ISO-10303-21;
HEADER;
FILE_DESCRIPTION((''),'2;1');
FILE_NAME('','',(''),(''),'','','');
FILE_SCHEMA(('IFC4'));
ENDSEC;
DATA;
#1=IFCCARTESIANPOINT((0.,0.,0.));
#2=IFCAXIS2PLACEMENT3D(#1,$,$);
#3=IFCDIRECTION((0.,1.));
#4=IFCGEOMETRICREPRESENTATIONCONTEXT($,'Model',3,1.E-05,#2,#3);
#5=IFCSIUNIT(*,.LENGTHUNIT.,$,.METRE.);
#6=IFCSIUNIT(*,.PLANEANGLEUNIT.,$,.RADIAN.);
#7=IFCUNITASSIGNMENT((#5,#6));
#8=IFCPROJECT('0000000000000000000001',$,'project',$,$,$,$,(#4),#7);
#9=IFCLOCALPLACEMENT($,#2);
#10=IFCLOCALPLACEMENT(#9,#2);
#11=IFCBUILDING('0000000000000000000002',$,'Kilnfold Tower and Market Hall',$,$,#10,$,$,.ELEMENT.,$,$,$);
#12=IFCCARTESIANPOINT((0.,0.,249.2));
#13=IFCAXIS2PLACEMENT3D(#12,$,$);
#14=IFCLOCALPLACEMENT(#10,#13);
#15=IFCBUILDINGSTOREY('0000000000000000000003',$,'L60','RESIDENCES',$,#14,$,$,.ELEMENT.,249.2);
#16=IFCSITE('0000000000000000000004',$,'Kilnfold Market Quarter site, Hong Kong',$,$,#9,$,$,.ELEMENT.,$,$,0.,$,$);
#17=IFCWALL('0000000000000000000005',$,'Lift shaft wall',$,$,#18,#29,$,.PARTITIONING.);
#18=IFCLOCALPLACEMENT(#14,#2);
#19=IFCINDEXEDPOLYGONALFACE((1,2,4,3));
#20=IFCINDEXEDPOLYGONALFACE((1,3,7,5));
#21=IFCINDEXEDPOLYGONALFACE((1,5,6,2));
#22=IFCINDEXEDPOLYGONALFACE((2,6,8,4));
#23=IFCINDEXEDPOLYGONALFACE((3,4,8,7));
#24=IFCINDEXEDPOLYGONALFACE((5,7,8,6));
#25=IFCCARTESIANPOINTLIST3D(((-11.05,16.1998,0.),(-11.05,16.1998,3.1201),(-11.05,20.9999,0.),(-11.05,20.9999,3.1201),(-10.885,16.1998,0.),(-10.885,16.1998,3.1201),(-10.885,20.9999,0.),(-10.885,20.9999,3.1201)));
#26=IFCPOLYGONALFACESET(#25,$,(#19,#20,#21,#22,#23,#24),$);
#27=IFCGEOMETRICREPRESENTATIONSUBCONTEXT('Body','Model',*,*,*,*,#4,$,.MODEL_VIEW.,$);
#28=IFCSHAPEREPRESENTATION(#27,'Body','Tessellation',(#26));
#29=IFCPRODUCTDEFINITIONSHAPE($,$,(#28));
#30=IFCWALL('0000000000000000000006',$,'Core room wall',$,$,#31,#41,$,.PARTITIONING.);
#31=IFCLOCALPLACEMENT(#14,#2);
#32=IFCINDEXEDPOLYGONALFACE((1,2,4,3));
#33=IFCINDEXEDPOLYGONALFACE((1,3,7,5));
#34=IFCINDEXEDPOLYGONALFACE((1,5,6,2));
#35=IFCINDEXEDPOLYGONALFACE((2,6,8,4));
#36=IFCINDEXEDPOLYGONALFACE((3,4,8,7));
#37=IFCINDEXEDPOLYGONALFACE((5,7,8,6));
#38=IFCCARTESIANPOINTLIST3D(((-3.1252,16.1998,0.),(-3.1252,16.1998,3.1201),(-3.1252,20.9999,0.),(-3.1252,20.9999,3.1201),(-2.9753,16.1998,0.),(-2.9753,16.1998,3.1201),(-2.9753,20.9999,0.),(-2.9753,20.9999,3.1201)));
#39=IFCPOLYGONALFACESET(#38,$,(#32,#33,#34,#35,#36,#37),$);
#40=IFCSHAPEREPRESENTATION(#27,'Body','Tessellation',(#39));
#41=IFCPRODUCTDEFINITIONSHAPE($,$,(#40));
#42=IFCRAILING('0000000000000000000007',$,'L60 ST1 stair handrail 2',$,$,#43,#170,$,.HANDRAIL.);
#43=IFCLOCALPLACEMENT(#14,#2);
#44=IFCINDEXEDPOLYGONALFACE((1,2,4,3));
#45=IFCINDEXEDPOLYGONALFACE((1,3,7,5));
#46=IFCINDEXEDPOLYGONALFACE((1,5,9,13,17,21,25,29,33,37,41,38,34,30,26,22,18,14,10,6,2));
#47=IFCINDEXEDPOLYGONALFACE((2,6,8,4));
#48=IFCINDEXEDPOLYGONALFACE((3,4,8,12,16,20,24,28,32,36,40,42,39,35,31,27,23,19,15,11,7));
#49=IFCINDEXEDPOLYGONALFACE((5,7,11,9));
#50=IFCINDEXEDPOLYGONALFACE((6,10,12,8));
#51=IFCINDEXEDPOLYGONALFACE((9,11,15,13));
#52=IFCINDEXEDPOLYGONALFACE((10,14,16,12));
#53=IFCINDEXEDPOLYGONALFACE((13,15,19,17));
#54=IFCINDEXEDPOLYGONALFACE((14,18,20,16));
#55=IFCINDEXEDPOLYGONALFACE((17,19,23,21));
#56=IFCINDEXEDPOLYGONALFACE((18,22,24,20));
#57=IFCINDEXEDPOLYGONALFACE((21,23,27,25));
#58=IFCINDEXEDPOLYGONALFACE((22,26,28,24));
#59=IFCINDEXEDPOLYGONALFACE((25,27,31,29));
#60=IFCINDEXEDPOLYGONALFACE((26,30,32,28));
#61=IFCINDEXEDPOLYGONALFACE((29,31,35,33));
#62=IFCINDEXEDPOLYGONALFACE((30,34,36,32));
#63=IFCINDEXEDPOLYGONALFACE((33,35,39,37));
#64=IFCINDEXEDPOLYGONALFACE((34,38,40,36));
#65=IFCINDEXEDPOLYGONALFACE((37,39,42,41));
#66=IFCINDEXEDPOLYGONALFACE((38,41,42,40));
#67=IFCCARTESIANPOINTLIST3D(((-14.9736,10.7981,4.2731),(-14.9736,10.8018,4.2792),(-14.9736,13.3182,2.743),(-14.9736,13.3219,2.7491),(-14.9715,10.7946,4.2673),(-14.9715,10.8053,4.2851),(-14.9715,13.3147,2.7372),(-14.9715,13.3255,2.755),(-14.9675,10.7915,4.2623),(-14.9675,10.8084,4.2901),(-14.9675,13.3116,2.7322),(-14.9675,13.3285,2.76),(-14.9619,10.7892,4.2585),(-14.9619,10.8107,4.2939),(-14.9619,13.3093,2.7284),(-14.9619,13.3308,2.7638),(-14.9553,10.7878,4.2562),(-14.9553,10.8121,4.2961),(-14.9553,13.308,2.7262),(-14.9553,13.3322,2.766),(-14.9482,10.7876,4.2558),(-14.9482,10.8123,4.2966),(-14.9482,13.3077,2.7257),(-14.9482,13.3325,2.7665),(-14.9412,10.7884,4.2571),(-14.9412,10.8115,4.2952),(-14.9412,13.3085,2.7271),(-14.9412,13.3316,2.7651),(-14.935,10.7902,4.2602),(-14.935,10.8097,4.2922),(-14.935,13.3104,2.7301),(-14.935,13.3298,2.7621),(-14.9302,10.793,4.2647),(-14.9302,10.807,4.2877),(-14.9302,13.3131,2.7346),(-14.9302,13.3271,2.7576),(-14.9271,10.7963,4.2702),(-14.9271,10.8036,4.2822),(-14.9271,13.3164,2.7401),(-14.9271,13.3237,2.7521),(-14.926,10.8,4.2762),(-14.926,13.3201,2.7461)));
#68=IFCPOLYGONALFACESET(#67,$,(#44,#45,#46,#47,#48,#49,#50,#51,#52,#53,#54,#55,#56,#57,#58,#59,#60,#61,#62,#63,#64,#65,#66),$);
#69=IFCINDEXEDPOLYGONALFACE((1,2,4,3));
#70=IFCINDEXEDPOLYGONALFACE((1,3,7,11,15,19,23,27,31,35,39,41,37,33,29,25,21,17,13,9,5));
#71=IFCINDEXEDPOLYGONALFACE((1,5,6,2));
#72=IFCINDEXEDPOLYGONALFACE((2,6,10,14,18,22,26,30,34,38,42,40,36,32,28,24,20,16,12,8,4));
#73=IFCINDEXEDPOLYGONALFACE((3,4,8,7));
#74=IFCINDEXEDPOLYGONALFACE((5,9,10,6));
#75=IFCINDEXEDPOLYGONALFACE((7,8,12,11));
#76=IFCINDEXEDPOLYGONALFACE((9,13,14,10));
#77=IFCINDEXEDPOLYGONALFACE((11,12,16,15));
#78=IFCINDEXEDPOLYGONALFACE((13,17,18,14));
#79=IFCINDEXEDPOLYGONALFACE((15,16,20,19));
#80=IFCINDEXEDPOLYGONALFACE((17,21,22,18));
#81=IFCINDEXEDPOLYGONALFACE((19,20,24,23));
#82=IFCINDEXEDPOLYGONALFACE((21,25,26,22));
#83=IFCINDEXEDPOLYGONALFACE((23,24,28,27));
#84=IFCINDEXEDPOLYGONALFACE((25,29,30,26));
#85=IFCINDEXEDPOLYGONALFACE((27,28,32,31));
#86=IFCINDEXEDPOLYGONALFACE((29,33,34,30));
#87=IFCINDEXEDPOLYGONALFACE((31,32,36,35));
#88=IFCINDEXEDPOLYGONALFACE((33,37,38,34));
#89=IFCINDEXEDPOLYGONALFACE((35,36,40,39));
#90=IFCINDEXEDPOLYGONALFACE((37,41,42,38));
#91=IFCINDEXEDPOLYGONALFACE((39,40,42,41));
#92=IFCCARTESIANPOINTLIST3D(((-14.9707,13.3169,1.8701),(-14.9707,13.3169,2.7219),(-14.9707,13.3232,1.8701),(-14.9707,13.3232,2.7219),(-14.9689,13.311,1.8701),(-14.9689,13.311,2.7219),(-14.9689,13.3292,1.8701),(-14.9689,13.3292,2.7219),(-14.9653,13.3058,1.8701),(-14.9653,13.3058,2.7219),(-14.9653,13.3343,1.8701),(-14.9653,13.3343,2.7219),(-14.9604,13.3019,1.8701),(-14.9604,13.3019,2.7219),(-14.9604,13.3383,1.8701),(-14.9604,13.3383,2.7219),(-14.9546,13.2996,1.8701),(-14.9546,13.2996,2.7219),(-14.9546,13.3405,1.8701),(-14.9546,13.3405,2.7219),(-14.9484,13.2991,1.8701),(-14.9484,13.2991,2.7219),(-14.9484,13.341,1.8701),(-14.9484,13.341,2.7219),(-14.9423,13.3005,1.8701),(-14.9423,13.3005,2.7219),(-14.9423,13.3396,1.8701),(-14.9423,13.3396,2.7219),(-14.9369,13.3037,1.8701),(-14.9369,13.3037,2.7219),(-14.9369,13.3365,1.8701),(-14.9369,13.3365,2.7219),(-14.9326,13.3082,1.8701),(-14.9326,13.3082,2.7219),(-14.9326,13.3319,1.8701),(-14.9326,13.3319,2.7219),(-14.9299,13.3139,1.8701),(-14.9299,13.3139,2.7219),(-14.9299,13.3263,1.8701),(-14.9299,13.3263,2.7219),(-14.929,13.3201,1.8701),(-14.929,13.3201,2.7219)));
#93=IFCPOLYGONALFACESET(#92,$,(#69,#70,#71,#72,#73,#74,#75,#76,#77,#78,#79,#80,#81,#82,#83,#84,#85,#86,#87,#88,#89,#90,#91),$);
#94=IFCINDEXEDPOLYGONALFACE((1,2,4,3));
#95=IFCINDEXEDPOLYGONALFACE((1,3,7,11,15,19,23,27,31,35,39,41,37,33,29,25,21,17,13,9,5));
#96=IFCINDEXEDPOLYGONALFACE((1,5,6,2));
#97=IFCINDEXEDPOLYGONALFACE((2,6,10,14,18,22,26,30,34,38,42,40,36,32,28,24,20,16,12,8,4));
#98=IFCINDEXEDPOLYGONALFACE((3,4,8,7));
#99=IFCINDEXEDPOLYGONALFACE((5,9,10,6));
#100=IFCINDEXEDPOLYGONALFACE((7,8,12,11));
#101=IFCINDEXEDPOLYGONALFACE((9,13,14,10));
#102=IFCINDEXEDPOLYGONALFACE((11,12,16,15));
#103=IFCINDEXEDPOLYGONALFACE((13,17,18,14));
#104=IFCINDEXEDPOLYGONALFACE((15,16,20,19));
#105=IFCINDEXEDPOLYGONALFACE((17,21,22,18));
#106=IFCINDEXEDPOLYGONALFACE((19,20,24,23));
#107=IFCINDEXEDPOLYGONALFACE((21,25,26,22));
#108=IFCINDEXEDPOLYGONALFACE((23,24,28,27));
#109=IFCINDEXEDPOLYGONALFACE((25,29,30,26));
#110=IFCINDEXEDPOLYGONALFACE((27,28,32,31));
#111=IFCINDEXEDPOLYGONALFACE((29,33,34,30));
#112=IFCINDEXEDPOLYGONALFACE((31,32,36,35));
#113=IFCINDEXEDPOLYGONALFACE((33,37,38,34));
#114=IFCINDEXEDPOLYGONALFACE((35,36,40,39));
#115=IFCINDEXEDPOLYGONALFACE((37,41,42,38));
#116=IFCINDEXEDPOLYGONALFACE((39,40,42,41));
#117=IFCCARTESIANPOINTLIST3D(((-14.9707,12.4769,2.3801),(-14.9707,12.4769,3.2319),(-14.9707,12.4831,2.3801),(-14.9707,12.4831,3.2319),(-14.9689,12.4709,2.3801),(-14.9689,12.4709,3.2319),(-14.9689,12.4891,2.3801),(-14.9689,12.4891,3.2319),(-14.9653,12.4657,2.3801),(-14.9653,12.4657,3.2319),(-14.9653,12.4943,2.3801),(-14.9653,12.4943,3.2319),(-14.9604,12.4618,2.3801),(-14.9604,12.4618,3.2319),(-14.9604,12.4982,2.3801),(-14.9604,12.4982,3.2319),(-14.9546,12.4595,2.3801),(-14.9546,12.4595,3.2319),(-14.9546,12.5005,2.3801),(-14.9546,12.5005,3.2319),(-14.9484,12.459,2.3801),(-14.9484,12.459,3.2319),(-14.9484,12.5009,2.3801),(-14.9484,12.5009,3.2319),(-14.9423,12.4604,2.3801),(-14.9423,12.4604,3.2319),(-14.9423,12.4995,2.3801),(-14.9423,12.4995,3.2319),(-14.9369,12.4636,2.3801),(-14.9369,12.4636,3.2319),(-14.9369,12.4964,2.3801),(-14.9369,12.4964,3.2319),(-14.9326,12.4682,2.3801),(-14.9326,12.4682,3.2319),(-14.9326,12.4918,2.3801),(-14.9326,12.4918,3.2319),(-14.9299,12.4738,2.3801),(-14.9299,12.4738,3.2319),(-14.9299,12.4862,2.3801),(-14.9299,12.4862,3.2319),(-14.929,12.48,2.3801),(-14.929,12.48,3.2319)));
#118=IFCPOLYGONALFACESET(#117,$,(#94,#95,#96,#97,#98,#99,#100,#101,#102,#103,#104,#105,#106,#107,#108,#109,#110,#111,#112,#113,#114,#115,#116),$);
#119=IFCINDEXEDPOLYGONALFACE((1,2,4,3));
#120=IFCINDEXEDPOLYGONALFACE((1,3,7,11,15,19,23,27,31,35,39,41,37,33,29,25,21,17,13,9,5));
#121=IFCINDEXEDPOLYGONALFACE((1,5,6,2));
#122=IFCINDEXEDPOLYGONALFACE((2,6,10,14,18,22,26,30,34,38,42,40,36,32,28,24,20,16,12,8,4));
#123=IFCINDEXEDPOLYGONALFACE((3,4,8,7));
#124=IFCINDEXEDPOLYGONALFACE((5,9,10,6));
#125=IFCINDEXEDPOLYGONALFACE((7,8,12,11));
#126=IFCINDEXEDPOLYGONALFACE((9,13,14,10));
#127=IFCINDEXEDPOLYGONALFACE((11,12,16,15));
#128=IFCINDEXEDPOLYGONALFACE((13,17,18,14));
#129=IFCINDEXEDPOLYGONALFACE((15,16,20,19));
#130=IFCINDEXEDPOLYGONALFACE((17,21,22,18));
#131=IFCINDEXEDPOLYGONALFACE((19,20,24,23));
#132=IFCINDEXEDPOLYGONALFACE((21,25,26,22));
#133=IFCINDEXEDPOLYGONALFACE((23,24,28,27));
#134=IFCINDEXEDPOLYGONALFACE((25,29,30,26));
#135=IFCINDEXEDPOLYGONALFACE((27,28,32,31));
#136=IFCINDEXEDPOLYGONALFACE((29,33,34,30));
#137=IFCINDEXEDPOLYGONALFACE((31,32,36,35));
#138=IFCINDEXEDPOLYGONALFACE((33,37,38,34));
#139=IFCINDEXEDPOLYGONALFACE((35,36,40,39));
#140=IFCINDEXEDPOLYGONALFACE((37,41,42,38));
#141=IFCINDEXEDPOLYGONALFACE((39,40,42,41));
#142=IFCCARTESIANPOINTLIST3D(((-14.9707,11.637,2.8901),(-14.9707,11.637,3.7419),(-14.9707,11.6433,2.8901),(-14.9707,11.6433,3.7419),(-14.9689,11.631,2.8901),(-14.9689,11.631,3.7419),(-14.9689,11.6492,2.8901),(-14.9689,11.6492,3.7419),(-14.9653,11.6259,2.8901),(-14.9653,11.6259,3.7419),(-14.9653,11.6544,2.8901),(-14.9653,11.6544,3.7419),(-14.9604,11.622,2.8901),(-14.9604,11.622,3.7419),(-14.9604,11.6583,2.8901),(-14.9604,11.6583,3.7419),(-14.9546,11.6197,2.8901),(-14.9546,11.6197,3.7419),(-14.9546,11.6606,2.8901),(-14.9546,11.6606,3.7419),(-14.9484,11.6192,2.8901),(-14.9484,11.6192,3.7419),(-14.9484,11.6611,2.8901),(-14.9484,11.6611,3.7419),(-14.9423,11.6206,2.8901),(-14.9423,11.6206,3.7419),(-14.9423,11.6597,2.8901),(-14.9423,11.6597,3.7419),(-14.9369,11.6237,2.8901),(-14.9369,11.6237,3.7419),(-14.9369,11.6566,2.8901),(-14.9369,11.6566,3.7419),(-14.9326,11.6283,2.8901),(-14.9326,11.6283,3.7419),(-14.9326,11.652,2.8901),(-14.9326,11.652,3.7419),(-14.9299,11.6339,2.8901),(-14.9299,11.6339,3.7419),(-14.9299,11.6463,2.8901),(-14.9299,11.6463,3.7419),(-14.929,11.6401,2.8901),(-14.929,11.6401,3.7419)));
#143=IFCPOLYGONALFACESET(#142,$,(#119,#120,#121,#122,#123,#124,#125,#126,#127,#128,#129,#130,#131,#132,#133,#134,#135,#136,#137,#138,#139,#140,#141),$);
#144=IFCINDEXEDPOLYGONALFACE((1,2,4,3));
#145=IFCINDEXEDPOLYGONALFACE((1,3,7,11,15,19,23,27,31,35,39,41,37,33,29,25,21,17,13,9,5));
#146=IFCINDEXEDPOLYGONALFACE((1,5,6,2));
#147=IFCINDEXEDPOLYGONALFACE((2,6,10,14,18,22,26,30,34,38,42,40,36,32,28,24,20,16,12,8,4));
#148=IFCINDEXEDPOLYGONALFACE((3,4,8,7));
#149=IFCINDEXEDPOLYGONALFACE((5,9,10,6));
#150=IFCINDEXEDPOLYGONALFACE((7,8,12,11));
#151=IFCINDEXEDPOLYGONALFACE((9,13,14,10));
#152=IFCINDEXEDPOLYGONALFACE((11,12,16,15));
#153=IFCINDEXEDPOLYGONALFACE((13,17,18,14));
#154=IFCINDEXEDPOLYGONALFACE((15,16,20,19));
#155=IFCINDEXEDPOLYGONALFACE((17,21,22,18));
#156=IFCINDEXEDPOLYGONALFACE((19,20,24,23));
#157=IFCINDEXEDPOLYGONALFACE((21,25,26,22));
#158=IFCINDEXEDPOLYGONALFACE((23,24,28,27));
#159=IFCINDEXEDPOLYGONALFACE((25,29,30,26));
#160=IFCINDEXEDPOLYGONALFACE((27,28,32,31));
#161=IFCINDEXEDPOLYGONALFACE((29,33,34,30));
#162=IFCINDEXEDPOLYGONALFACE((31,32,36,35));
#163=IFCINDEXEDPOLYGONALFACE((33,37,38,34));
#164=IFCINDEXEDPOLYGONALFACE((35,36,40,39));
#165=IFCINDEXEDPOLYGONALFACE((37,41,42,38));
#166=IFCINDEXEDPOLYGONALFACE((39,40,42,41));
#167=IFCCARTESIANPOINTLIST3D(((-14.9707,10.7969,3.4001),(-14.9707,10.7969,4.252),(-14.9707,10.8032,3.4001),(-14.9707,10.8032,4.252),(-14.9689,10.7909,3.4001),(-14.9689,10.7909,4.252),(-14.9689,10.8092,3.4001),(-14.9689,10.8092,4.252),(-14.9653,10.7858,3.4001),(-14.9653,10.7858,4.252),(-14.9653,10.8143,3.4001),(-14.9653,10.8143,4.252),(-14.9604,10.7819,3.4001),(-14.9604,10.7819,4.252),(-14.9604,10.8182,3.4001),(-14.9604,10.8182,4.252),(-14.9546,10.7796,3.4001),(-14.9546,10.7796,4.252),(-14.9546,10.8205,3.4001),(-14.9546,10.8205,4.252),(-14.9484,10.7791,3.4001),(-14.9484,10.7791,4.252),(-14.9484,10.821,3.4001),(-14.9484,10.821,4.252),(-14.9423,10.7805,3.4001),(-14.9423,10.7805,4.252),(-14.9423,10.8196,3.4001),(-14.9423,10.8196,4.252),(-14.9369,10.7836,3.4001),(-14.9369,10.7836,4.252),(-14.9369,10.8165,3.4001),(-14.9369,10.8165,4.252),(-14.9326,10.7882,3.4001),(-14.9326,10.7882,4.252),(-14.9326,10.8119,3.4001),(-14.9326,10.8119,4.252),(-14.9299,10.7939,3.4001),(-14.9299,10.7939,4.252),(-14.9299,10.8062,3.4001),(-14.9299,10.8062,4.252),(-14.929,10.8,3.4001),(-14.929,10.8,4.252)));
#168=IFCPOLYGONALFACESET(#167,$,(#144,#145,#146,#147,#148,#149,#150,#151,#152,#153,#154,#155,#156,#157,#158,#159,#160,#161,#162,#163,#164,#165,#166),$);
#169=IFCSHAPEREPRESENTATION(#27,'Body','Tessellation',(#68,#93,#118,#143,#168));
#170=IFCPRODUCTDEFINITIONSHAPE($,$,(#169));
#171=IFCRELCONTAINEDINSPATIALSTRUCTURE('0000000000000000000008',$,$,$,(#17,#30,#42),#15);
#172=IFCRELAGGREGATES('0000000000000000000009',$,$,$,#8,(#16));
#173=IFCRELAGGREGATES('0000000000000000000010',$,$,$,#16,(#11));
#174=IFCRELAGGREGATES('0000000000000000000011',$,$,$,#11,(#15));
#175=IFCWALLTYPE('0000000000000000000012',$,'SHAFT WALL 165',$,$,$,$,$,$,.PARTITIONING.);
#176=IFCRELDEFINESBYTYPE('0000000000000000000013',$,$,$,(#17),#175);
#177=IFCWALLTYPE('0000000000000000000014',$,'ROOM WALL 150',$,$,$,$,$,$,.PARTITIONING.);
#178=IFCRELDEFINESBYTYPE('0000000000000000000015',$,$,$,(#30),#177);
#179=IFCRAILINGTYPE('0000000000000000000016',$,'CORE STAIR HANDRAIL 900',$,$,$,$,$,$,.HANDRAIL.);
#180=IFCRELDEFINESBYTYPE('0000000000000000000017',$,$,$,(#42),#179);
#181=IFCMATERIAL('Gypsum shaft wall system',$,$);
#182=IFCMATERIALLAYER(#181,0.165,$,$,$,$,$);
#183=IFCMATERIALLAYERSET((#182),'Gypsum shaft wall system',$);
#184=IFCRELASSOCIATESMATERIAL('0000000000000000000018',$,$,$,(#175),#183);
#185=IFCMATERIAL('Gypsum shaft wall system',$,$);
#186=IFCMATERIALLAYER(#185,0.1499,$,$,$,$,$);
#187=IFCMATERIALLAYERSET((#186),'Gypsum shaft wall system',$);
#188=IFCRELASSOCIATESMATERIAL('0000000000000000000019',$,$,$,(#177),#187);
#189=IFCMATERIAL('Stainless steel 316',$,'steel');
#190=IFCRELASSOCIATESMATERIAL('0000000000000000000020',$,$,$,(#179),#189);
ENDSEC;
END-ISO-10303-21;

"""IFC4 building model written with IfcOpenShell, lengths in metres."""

from ifc_helpers import new_model, si_unit, direction, frame, frame_2d, origin, origin_2d, place, context, subcontext, project, spatial, rectangle, circle, extrude, source, transform, mapped, material, layer, layer_set, type_object, element, save


model = new_model("IFC4")

# Units and contexts
model_context = context("Model", 3, precision=1e-05, world=origin(), true_north=direction((0.0, 1.0)))
body_context = subcontext(model_context, "Body", "Model", "MODEL_VIEW")
ifc_project = project(units=[si_unit("LENGTHUNIT", "METRE"), si_unit("PLANEANGLEUNIT", "RADIAN")], contexts=[model_context])

# Site, building, storey
site_placement = place(None, origin())
site = spatial("IfcSite", under=ifc_project, at=site_placement, Name="Kilnfold Market Quarter site, Hong Kong", CompositionType="ELEMENT", RefElevation=0.0)
building_placement = place(site_placement, origin())
building = spatial("IfcBuilding", under=site, at=building_placement, Name="Kilnfold Tower and Market Hall", CompositionType="ELEMENT")
storey_placement = place(building_placement, frame((0.0, 0.0, 249.2)))
storey = spatial("IfcBuildingStorey", under=building, at=storey_placement, Name="L60", Description="RESIDENCES", CompositionType="ELEMENT", Elevation=249.2)

# Walls
ifc_material_1 = material(Name="Gypsum shaft wall system")
ifc_layer_1 = layer(ifc_material_1, 0.165)
ifc_layer_set_1 = layer_set([ifc_layer_1], Name="Gypsum shaft wall system")
wall_type_1 = type_object("IfcWallType", Name="SHAFT WALL 165", PredefinedType="PARTITIONING", material=ifc_layer_set_1)
shared_shape_1 = source(origin(), body_context, "Body", "SweptSolid", [
    extrude(rectangle(XDim=4.8, YDim=0.165, at=frame_2d((2.3999, 0.0))), origin(), (0.0, 0.0, 1.0), 3.1201),
])
wall_1_placement = place(storey_placement, frame((-10.9675, 16.2, 0.0), z_axis=(0.0, 0.0, 1.0), x_axis=(0.0, 1.0, 0.0)))
element("IfcWall", 1, at=wall_1_placement, inside=storey, type_object=wall_type_1, Name="Lift shaft wall", PredefinedType="PARTITIONING", context=body_context, shape_type="MappedRepresentation", body=[
    mapped(shared_shape_1, transform((0.0, 0.0, 0.0))),
])
ifc_material_2 = material(Name="Gypsum shaft wall system")
ifc_layer_2 = layer(ifc_material_2, 0.1499)
ifc_layer_set_2 = layer_set([ifc_layer_2], Name="Gypsum shaft wall system")
wall_type_2 = type_object("IfcWallType", Name="ROOM WALL 150", PredefinedType="PARTITIONING", material=ifc_layer_set_2)
shared_shape_2 = source(origin(), body_context, "Body", "SweptSolid", [
    extrude(rectangle(XDim=4.8, YDim=0.1499, at=frame_2d((2.3999, 0.0))), origin(), (0.0, 0.0, 1.0), 3.1201),
])
wall_2_placement = place(storey_placement, frame((-3.0503, 16.2, 0.0), z_axis=(0.0, 0.0, 1.0), x_axis=(0.0, 1.0, 0.0)))
element("IfcWall", 2, at=wall_2_placement, inside=storey, type_object=wall_type_2, Name="Core room wall", PredefinedType="PARTITIONING", context=body_context, shape_type="MappedRepresentation", body=[
    mapped(shared_shape_2, transform((0.0, 0.0, 0.0))),
])

# Railing
ifc_material_3 = material(Name="Stainless steel 316", Category="steel")
railing_type = type_object("IfcRailingType", Name="CORE STAIR HANDRAIL 900", PredefinedType="HANDRAIL", material=ifc_material_3)
railing_placement = place(storey_placement, frame((-14.95, 13.3201, 1.8701)))
element("IfcRailing", 3, at=railing_placement, inside=storey, type_object=railing_type, Name="L60 ST1 stair handrail 2", PredefinedType="HANDRAIL", context=body_context, shape_type="SweptSolid", body=[
    extrude(circle(Radius=0.0239, at=origin_2d()), frame((0.0, 0.0, 0.876), z_axis=(0.0, -0.854785, 0.518982), x_axis=(1.0, 0.0, 0.0)), (0.0, 0.0, 1.0), 2.9482),
    extrude(circle(Radius=0.021, at=origin_2d()), origin(), (0.0, 0.0, 1.0), 0.8518),
    extrude(circle(Radius=0.021, at=origin_2d()), frame((0.0, -0.8401, 0.51)), (0.0, 0.0, 1.0), 0.8518),
    extrude(circle(Radius=0.021, at=origin_2d()), frame((0.0, -1.6799, 1.02)), (0.0, 0.0, 1.0), 0.8518),
    extrude(circle(Radius=0.021, at=origin_2d()), frame((0.0, -2.52, 1.53)), (0.0, 0.0, 1.0), 0.8518),
])

save(model, "model.ifc")
